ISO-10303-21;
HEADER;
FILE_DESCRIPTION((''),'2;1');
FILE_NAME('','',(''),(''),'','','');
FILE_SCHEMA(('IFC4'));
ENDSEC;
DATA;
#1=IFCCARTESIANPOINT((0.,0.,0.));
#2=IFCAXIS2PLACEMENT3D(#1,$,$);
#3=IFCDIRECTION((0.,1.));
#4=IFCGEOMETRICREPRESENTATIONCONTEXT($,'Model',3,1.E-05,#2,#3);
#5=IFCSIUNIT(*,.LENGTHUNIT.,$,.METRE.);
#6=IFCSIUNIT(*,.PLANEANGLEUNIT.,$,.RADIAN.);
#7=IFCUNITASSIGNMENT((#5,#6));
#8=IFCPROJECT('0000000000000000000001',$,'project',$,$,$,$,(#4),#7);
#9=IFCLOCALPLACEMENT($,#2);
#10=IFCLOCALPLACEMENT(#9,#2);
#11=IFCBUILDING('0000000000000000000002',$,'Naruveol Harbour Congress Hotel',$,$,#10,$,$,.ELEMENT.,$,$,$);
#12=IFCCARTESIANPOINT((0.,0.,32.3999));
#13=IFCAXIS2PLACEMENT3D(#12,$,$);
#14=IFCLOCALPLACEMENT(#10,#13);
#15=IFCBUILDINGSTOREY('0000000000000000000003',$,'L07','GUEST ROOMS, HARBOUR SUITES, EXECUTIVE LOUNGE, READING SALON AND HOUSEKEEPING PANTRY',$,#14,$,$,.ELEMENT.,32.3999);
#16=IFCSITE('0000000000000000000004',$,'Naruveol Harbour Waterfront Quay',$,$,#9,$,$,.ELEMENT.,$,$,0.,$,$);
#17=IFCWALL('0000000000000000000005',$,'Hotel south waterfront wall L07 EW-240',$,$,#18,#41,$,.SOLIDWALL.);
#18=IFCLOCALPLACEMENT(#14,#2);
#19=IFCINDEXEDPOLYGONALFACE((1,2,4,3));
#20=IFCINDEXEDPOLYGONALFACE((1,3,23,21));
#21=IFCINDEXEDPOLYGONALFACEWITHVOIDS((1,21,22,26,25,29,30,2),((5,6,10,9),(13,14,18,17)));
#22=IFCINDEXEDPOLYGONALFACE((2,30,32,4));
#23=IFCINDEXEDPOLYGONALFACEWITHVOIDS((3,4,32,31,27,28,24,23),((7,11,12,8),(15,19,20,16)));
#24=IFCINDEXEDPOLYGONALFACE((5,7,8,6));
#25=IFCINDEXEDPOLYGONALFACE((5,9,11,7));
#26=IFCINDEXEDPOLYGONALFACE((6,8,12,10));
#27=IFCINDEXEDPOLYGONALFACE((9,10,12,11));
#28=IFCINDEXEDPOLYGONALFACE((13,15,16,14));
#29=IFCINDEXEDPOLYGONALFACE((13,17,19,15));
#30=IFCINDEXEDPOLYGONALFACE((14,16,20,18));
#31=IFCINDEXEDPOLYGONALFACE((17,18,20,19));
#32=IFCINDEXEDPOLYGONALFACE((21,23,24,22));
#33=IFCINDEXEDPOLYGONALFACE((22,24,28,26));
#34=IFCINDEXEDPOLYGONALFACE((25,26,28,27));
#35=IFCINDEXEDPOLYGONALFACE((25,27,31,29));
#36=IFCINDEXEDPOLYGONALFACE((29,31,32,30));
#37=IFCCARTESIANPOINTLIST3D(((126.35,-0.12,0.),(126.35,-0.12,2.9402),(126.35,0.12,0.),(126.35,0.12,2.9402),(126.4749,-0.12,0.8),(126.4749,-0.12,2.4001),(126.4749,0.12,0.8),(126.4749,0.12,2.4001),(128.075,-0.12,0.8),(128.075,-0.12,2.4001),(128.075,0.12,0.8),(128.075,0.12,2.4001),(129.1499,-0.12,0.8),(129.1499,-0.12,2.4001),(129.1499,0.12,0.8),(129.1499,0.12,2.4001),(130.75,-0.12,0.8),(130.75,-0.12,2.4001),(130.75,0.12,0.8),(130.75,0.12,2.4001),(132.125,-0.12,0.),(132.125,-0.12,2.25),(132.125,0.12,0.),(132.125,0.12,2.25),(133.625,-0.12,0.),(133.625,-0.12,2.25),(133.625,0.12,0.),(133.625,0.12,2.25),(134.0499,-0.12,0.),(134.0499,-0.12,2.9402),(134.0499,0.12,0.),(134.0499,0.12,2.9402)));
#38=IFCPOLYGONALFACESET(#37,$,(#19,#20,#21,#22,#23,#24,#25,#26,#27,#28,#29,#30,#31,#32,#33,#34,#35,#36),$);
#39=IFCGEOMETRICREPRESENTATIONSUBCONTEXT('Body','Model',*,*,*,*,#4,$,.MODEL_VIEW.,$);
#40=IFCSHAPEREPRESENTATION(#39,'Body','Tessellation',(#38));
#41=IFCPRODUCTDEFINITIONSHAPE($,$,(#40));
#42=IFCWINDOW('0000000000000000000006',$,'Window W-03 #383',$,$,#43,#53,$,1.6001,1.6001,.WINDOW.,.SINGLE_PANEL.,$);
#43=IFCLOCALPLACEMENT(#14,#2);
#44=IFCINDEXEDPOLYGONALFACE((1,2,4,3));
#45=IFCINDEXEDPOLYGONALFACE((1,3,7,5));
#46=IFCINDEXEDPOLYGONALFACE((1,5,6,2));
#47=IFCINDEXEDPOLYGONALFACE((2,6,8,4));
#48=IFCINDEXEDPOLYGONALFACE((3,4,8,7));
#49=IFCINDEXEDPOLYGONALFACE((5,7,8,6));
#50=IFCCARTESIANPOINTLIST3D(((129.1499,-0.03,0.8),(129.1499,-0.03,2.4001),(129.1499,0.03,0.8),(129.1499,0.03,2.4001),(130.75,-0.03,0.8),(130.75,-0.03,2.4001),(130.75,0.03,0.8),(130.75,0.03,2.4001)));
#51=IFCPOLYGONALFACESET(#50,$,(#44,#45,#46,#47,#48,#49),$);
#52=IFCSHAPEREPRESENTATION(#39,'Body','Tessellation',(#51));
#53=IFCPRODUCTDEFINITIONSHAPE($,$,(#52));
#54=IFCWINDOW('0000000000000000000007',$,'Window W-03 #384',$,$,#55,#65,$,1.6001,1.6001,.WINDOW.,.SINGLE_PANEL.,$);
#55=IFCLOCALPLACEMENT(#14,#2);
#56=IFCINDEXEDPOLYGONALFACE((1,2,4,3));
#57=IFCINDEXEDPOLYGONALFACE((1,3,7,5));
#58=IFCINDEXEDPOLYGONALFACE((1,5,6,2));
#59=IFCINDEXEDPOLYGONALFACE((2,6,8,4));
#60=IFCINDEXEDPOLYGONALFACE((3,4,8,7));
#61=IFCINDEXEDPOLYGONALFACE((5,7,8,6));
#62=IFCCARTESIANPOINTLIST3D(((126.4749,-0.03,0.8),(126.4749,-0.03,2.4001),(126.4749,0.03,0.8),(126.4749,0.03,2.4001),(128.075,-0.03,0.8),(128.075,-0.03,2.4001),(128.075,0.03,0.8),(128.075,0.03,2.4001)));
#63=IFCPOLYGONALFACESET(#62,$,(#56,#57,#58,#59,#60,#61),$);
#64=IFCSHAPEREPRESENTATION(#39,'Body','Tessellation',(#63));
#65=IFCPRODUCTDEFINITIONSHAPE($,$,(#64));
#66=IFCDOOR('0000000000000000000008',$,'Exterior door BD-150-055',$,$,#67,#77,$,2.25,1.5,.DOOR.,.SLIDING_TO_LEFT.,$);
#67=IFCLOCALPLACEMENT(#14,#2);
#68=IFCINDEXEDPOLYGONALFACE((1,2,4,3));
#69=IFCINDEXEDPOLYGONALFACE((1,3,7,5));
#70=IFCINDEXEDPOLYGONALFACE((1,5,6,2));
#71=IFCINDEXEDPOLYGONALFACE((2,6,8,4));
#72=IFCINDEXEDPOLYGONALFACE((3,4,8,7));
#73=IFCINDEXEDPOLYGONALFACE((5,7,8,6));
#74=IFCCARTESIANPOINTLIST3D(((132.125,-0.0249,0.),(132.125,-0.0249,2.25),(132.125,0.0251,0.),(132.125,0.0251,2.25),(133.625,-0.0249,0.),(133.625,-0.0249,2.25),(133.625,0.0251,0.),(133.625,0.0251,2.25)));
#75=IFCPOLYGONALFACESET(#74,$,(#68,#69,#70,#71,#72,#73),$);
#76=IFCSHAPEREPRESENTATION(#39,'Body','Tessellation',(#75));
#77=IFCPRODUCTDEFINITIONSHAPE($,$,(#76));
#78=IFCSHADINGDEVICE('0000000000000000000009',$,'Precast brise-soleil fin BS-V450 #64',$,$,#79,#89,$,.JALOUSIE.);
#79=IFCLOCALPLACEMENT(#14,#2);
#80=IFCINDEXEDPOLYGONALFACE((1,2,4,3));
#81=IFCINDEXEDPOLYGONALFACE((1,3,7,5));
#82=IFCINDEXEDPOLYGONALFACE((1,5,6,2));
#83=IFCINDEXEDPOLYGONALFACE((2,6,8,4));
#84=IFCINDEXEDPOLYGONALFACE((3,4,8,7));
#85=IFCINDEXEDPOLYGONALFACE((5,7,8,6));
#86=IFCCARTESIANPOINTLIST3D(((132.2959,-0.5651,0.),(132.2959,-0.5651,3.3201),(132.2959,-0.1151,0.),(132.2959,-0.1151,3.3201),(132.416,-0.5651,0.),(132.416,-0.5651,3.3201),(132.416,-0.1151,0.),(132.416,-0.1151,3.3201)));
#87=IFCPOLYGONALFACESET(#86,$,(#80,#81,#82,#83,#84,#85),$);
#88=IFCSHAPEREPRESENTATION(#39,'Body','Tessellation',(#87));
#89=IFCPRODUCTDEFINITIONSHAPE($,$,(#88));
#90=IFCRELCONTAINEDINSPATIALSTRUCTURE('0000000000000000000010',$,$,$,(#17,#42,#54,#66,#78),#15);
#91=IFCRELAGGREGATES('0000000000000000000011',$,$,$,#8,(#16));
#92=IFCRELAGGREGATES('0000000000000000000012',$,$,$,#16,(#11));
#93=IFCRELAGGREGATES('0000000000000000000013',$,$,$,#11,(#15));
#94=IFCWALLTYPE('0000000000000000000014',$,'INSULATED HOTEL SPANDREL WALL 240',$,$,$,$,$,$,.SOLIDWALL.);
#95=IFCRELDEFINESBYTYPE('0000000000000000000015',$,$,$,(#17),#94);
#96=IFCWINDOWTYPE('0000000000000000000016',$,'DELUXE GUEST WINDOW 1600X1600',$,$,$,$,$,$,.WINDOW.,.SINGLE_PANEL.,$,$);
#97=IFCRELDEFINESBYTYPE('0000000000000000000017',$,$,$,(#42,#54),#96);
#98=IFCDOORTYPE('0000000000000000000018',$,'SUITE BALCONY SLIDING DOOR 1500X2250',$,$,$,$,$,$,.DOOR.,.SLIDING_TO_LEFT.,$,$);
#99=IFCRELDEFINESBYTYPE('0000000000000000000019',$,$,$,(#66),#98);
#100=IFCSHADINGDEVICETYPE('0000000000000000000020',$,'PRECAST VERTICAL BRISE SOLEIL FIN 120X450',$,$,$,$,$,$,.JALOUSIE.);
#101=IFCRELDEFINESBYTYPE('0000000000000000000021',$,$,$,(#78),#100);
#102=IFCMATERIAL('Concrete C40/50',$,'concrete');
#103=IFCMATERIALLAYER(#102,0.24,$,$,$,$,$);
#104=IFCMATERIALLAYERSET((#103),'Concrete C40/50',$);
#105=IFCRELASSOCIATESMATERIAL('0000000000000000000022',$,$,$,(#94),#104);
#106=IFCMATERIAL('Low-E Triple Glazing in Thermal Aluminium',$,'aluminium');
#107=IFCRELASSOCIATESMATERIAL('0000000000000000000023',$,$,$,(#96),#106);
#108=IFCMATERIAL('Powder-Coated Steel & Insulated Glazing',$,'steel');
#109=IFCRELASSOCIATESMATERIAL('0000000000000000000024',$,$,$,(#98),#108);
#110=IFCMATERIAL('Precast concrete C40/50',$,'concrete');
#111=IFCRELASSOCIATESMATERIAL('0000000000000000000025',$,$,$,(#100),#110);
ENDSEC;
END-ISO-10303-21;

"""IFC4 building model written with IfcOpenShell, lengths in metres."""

from ifc_helpers import new_model, si_unit, direction, frame, frame_2d, origin, origin_2d, place, context, subcontext, project, spatial, rectangle, extrude, material, layer, layer_set, type_object, element, fill, save


model = new_model("IFC4")

# Units and contexts
model_context = context("Model", 3, precision=1e-05, world=origin(), true_north=direction((0.0, 1.0)))
body_context = subcontext(model_context, "Body", "Model", "MODEL_VIEW")
ifc_project = project(units=[si_unit("LENGTHUNIT", "METRE"), si_unit("PLANEANGLEUNIT", "RADIAN")], contexts=[model_context])

# Site, building, storey
site_placement = place(None, origin())
site = spatial("IfcSite", under=ifc_project, at=site_placement, Name="Naruveol Harbour Waterfront Quay", CompositionType="ELEMENT", RefElevation=0.0)
building_placement = place(site_placement, origin())
building = spatial("IfcBuilding", under=site, at=building_placement, Name="Naruveol Harbour Congress Hotel", CompositionType="ELEMENT")
storey_placement = place(building_placement, frame((0.0, 0.0, 32.3999)))
storey = spatial("IfcBuildingStorey", under=building, at=storey_placement, Name="L07", Description="GUEST ROOMS, HARBOUR SUITES, EXECUTIVE LOUNGE, READING SALON AND HOUSEKEEPING PANTRY", CompositionType="ELEMENT", Elevation=32.3999)

# Wall, openings, windows, door
ifc_material_1 = material(Name="Concrete C40/50", Category="concrete")
ifc_layer_1 = layer(ifc_material_1, 0.24)
ifc_layer_set_1 = layer_set([ifc_layer_1], Name="Concrete C40/50")
wall_type_1 = type_object("IfcWallType", Name="INSULATED HOTEL SPANDREL WALL 240", PredefinedType="SOLIDWALL", material=ifc_layer_set_1)
wall_1_placement = place(storey_placement, frame((134.05, 0.0, 0.0), z_axis=(0.0, 0.0, 1.0), x_axis=(-1.0, 0.0, 0.0)))
wall_1 = element("IfcWall", 1, at=wall_1_placement, inside=storey, type_object=wall_type_1, Name="Hotel south waterfront wall L07 EW-240", PredefinedType="SOLIDWALL", context=body_context, shape_type="SweptSolid", body=[
    extrude(rectangle(XDim=7.7, YDim=0.24, at=frame_2d((3.8501, 0.0))), origin(), (0.0, 0.0, 1.0), 2.9402),
])
opening_1_placement = place(wall_1_placement, frame((0.425, 0.0, 0.0)))
opening_1 = element("IfcOpeningElement", 2, at=opening_1_placement, cuts=wall_1, PredefinedType="OPENING", context=body_context, shape_type="SweptSolid", body=[
    extrude(rectangle(XDim=1.5, YDim=2.25, at=frame_2d((0.75, 1.125))), frame((0.0, 0.1299, 0.0), z_axis=(0.0, -1.0, 0.0), x_axis=(1.0, 0.0, 0.0)), (0.0, 0.0, 1.0), 0.26),
])
opening_2_placement = place(wall_1_placement, frame((3.3, 0.0, 0.8)))
opening_2 = element("IfcOpeningElement", 3, at=opening_2_placement, cuts=wall_1, PredefinedType="OPENING", context=body_context, shape_type="SweptSolid", body=[
    extrude(rectangle(XDim=1.6001, YDim=1.6001, at=frame_2d((0.8, 0.8))), frame((0.0, 0.1299, 0.0), z_axis=(0.0, -1.0, 0.0), x_axis=(1.0, 0.0, 0.0)), (0.0, 0.0, 1.0), 0.26),
])
opening_3_placement = place(wall_1_placement, frame((5.9751, 0.0, 0.8)))
opening_3 = element("IfcOpeningElement", 4, at=opening_3_placement, cuts=wall_1, PredefinedType="OPENING", context=body_context, shape_type="SweptSolid", body=[
    extrude(rectangle(XDim=1.6001, YDim=1.6001, at=frame_2d((0.8, 0.8))), frame((0.0, 0.1299, 0.0), z_axis=(0.0, -1.0, 0.0), x_axis=(1.0, 0.0, 0.0)), (0.0, 0.0, 1.0), 0.26),
])
ifc_material_2 = material(Name="Low-E Triple Glazing in Thermal Aluminium", Category="aluminium")
window_type = type_object("IfcWindowType", Name="DELUXE GUEST WINDOW 1600X1600", PartitioningType="SINGLE_PANEL", PredefinedType="WINDOW", material=ifc_material_2)
window_1_placement = place(opening_2_placement, origin())
window_1 = element("IfcWindow", 5, at=window_1_placement, inside=storey, type_object=window_type, Name="Window W-03 #383", OverallHeight=1.6001, OverallWidth=1.6001, PartitioningType="SINGLE_PANEL", PredefinedType="WINDOW", context=body_context, shape_type="SweptSolid", body=[
    extrude(rectangle(XDim=1.6001, YDim=1.6001, at=frame_2d((0.8, 0.8))), frame((0.0, 0.03, 0.0), z_axis=(0.0, -1.0, 0.0), x_axis=(1.0, 0.0, 0.0)), (0.0, 0.0, 1.0), 0.0601),
])
fill(opening_2, window_1)
window_2_placement = place(opening_3_placement, origin())
window_2 = element("IfcWindow", 6, at=window_2_placement, inside=storey, type_object=window_type, Name="Window W-03 #384", OverallHeight=1.6001, OverallWidth=1.6001, PartitioningType="SINGLE_PANEL", PredefinedType="WINDOW", context=body_context, shape_type="SweptSolid", body=[
    extrude(rectangle(XDim=1.6001, YDim=1.6001, at=frame_2d((0.8, 0.8))), frame((0.0, 0.03, 0.0), z_axis=(0.0, -1.0, 0.0), x_axis=(1.0, 0.0, 0.0)), (0.0, 0.0, 1.0), 0.0601),
])
fill(opening_3, window_2)
ifc_material_3 = material(Name="Powder-Coated Steel & Insulated Glazing", Category="steel")
door_type_1 = type_object("IfcDoorType", Name="SUITE BALCONY SLIDING DOOR 1500X2250", OperationType="SLIDING_TO_LEFT", PredefinedType="DOOR", material=ifc_material_3)
door_1_placement = place(opening_1_placement, origin())
door_1 = element("IfcDoor", 7, at=door_1_placement, inside=storey, type_object=door_type_1, Name="Exterior door BD-150-055", OperationType="SLIDING_TO_LEFT", OverallHeight=2.25, OverallWidth=1.5, PredefinedType="DOOR", context=body_context, shape_type="SweptSolid", body=[
    extrude(rectangle(XDim=1.5, YDim=2.25, at=frame_2d((0.75, 1.125))), frame((0.0, 0.0249, 0.0), z_axis=(0.0, -1.0, 0.0), x_axis=(1.0, 0.0, 0.0)), (0.0, 0.0, 1.0), 0.05),
])
fill(opening_1, door_1)

# Shading device
ifc_material_4 = material(Name="Precast concrete C40/50", Category="concrete")
shading_device_type = type_object("IfcShadingDeviceType", Name="PRECAST VERTICAL BRISE SOLEIL FIN 120X450", PredefinedType="JALOUSIE", material=ifc_material_4)
shading_device_placement = place(storey_placement, frame((132.356, -0.3401, 0.0), z_axis=(0.0, 0.0, 1.0), x_axis=(-1.0, 0.0, 0.0)))
element("IfcShadingDevice", 8, at=shading_device_placement, inside=storey, type_object=shading_device_type, Name="Precast brise-soleil fin BS-V450 #64", PredefinedType="JALOUSIE", context=body_context, shape_type="SweptSolid", body=[
    extrude(rectangle(XDim=0.1201, YDim=0.45, at=origin_2d()), origin(), (0.0, 0.0, 1.0), 3.3201),
])

save(model, "model.ifc")
